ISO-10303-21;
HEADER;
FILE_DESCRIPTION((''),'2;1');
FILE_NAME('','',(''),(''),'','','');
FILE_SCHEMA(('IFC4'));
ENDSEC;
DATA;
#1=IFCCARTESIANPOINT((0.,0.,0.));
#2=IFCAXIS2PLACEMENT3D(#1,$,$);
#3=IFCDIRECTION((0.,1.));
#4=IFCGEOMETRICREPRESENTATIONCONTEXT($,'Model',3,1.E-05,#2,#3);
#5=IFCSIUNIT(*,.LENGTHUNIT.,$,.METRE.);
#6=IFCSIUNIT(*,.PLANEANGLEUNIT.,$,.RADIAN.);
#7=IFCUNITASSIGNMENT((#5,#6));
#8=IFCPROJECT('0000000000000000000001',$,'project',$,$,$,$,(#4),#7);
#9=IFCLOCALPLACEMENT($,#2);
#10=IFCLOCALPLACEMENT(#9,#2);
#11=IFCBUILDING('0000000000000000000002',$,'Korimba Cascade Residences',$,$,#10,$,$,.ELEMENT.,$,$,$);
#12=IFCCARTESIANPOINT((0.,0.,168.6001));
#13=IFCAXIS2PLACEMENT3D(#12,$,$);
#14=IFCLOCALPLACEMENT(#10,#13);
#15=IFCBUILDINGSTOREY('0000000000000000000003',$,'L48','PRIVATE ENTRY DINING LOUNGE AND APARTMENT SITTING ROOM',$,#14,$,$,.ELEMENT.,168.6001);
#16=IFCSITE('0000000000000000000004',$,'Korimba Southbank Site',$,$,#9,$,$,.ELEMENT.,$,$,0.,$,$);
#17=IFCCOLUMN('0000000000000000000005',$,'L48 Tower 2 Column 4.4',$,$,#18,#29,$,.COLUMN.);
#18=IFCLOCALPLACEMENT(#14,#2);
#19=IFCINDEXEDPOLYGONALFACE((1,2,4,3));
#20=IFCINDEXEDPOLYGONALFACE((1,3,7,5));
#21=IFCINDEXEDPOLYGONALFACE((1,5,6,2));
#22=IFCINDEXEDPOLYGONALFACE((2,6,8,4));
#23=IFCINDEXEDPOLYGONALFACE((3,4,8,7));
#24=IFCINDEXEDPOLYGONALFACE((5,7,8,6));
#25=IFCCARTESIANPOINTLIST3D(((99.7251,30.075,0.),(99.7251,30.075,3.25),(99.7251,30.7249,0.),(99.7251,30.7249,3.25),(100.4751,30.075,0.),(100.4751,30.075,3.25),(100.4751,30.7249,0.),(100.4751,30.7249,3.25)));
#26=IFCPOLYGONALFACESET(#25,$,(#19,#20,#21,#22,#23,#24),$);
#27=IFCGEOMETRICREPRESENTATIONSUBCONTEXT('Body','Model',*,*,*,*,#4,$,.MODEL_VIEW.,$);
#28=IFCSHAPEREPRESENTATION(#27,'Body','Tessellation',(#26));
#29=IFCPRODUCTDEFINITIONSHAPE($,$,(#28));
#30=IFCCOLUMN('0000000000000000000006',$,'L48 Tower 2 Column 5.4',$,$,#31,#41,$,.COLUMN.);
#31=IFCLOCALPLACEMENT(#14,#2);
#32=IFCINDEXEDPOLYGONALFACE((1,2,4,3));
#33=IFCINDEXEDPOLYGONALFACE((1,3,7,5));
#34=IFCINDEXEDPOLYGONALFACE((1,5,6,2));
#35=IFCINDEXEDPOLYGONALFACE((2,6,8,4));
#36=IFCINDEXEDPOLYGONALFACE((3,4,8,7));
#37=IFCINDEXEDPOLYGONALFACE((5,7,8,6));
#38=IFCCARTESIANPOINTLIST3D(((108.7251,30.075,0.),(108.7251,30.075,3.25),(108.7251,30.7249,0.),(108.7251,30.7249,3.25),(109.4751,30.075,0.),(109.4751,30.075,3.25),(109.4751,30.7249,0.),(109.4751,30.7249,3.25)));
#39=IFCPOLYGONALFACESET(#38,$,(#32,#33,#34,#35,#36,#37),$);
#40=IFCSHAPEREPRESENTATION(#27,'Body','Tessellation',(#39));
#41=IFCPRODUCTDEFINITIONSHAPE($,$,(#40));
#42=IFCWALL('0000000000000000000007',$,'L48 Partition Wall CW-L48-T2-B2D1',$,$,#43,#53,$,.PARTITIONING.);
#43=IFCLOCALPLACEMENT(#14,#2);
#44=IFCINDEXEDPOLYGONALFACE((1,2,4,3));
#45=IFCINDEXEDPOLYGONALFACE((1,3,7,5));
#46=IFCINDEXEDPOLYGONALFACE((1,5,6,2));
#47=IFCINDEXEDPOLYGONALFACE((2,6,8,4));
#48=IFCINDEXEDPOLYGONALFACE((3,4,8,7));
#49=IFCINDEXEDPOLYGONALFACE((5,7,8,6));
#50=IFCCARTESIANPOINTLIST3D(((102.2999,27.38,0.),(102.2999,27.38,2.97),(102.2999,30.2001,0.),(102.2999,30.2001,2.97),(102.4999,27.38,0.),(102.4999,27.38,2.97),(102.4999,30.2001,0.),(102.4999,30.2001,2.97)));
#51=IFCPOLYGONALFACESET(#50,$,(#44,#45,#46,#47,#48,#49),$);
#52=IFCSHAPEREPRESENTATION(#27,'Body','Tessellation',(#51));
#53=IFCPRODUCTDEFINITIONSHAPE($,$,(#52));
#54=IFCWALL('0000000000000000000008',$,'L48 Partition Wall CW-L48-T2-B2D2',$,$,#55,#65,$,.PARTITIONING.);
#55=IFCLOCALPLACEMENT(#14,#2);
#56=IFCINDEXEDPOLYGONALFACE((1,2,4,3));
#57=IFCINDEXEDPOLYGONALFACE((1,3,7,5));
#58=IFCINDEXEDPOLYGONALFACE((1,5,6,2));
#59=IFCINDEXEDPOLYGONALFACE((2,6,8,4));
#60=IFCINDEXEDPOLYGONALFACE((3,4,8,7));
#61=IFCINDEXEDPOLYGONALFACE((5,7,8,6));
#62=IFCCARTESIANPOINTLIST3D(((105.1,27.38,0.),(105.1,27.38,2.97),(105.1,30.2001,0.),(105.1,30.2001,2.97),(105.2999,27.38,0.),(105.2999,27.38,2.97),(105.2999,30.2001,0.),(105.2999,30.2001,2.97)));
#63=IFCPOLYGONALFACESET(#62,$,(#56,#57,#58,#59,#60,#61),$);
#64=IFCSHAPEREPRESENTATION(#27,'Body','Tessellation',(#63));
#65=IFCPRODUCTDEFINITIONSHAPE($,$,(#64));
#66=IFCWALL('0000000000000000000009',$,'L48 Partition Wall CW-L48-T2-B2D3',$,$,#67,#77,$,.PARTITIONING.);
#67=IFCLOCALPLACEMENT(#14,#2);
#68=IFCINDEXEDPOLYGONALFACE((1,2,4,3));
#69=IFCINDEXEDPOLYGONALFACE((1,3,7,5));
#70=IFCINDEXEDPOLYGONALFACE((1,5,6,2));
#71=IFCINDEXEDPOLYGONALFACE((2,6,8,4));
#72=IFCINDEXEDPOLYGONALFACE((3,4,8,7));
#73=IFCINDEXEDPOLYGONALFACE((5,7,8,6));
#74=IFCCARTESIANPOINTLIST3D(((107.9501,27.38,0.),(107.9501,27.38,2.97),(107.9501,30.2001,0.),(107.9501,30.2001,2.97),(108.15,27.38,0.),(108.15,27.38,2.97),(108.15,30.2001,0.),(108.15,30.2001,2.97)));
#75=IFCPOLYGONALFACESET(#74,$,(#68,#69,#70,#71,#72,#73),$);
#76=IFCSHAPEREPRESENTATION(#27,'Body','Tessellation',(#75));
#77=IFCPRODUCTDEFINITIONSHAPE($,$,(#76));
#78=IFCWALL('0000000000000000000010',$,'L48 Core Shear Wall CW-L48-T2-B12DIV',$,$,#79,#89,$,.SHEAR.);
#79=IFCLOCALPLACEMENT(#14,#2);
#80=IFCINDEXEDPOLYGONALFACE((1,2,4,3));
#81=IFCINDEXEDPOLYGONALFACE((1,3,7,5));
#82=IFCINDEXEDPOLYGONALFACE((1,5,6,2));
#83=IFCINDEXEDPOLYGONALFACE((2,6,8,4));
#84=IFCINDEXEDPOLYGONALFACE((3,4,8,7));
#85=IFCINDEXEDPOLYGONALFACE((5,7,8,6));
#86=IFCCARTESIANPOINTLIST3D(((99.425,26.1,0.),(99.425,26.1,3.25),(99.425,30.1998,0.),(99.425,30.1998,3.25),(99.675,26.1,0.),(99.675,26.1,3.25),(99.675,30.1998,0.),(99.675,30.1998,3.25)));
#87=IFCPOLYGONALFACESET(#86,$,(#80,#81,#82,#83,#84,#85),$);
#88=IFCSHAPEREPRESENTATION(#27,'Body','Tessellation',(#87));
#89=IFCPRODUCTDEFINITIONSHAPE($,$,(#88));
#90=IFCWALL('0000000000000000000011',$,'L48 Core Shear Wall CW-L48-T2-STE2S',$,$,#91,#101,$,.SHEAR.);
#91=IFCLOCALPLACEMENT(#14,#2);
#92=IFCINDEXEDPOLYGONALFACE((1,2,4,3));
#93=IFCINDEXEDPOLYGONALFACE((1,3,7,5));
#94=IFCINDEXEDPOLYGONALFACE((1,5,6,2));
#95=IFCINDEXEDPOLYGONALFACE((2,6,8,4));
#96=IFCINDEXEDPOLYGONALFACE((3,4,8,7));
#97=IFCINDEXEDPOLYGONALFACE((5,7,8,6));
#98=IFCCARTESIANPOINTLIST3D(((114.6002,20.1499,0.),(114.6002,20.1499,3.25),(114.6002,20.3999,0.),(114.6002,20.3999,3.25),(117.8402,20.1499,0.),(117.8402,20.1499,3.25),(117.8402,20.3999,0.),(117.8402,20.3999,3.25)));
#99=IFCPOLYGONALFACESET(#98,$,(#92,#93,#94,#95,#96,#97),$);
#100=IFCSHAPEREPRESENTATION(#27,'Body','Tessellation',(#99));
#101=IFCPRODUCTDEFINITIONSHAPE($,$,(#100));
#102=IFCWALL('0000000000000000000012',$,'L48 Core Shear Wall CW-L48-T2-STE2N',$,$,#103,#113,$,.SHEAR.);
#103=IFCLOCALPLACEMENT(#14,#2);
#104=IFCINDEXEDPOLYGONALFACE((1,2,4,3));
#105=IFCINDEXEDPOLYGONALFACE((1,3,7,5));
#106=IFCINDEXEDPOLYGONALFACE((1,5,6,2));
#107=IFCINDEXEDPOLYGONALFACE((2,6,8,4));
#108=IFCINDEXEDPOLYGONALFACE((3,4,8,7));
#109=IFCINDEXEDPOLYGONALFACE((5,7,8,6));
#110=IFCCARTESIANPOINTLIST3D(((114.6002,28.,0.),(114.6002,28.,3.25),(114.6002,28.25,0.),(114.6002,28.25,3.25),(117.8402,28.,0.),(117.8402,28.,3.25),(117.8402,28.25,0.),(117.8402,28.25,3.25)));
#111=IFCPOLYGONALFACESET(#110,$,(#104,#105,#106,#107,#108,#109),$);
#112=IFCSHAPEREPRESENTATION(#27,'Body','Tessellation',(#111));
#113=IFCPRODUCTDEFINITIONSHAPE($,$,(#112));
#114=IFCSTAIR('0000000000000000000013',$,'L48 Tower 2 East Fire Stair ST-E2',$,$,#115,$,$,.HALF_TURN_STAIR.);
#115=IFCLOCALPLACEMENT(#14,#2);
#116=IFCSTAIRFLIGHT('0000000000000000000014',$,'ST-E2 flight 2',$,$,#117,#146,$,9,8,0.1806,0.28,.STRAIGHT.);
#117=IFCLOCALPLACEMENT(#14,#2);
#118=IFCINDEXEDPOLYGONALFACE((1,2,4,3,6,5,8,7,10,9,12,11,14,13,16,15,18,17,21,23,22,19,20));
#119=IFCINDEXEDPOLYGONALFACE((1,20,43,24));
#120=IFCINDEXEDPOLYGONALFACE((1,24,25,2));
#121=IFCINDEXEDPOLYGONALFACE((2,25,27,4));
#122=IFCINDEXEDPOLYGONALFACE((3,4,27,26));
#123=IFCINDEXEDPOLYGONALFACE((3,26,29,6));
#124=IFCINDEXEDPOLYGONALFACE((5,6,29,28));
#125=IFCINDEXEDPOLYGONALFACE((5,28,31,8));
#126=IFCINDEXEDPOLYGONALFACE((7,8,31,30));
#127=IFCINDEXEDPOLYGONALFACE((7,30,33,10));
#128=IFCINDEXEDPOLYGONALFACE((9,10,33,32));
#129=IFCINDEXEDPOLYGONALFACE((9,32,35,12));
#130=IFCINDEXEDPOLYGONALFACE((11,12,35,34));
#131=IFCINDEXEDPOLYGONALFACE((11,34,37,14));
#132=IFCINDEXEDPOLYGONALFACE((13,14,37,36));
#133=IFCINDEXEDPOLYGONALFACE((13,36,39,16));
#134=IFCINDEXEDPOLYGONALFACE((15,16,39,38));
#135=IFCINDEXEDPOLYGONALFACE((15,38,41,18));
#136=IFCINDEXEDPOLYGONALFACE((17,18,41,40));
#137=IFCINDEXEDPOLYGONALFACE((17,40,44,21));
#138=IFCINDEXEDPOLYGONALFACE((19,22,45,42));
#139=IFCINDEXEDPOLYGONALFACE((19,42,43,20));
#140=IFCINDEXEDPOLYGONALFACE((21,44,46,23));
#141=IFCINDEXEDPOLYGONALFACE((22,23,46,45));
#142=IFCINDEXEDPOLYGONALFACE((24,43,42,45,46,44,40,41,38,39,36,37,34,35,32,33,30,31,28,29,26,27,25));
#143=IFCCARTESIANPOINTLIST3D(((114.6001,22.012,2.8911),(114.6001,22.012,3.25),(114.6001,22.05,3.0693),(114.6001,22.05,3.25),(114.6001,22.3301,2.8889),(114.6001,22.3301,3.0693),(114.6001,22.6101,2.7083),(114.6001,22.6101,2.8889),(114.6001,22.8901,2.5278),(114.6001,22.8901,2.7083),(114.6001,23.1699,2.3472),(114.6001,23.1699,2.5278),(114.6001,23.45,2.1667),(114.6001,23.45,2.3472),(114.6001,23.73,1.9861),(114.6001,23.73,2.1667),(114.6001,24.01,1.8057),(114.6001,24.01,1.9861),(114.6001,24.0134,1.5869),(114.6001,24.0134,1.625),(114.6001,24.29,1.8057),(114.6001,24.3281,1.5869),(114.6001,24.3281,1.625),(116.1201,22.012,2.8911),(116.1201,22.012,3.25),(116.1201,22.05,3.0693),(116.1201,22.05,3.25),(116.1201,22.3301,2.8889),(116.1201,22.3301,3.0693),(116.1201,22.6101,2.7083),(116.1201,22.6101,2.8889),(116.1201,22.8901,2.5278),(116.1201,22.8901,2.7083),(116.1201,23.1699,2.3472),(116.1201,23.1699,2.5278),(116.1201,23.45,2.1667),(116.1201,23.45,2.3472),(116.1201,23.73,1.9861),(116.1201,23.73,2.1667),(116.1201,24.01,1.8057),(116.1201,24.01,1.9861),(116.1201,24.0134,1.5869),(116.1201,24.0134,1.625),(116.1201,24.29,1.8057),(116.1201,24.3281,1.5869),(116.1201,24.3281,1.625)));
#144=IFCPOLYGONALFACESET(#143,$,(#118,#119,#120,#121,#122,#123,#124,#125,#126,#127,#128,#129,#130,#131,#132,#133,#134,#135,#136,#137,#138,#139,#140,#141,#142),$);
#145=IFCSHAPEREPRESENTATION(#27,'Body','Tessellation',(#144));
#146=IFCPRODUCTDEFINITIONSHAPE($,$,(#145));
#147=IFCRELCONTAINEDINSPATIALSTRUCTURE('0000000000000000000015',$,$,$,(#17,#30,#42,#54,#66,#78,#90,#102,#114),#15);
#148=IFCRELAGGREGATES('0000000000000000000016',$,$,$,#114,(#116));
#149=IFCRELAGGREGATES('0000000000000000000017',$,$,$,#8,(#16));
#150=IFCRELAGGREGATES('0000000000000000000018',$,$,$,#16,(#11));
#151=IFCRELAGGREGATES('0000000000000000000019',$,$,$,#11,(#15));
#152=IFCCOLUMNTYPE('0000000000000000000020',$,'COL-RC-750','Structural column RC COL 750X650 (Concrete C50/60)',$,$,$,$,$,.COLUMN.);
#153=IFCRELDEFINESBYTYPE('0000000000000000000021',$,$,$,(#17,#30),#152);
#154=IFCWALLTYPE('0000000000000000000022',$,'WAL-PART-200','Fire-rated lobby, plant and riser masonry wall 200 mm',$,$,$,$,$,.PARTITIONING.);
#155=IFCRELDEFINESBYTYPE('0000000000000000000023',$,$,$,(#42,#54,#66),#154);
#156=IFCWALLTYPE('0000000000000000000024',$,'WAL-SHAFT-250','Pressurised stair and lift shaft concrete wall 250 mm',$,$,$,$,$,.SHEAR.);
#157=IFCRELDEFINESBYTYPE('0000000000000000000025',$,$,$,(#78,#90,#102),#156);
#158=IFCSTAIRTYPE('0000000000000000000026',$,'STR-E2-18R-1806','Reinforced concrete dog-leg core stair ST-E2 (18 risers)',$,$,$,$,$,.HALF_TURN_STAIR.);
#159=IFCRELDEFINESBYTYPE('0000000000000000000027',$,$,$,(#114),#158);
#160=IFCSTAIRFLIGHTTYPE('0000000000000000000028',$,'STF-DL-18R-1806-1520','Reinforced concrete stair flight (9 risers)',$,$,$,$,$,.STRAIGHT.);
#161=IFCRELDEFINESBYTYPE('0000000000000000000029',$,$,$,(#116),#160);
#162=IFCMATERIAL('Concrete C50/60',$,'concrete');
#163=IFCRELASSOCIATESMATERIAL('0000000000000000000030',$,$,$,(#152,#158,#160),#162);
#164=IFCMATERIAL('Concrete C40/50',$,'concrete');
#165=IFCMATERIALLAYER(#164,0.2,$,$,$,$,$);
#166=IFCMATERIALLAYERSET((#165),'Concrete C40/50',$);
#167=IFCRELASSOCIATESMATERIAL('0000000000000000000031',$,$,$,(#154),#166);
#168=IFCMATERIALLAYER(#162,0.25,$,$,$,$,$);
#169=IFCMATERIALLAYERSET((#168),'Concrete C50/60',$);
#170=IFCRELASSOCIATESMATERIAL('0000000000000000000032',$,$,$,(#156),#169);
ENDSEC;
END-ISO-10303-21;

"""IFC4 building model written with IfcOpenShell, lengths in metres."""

from ifc_helpers import new_model, si_unit, direction, frame, frame_2d, origin, origin_2d, place, context, subcontext, project, spatial, polyline, rectangle, outline, extrude, material, layer, layer_set, material_profile, profile_set, type_object, element, aggregate, save


model = new_model("IFC4")

# Units and contexts
model_context = context("Model", 3, precision=1e-05, world=origin(), true_north=direction((0.0, 1.0)))
body_context = subcontext(model_context, "Body", "Model", "MODEL_VIEW")
ifc_project = project(units=[si_unit("LENGTHUNIT", "METRE"), si_unit("PLANEANGLEUNIT", "RADIAN")], contexts=[model_context])

# Site, building, storey
site_placement = place(None, origin())
site = spatial("IfcSite", under=ifc_project, at=site_placement, Name="Korimba Southbank Site", CompositionType="ELEMENT", RefElevation=0.0)
building_placement = place(site_placement, origin())
building = spatial("IfcBuilding", under=site, at=building_placement, Name="Korimba Cascade Residences", CompositionType="ELEMENT")
storey_placement = place(building_placement, frame((0.0, 0.0, 168.6001)))
storey = spatial("IfcBuildingStorey", under=building, at=storey_placement, Name="L48", Description="PRIVATE ENTRY DINING LOUNGE AND APARTMENT SITTING ROOM", CompositionType="ELEMENT", Elevation=168.6001)

# Columns
ifc_material_1 = material(Name="Concrete C50/60", Category="concrete")
ifc_material_profile = material_profile(ifc_material_1, rectangle(XDim=0.75, YDim=0.6499, at=origin_2d()), Name="Concrete C50/60")
ifc_profile_set = profile_set([ifc_material_profile], Name="Concrete C50/60")
column_type = type_object("IfcColumnType", Name="COL-RC-750", Description="Structural column RC COL 750X650 (Concrete C50/60)", PredefinedType="COLUMN", material=ifc_profile_set)
for number, where, z_axis, x_axis, name in (
    (1, (100.1001, 30.3999, 0.0), (0.0, 0.0, 1.0), (1.0, 0.0, 0.0), "L48 Tower 2 Column 4.4"),
    (2, (109.1001, 30.3999, 0.0), (0.0, 0.0, 1.0), (1.0, 0.0, 0.0), "L48 Tower 2 Column 5.4"),
):
    element("IfcColumn", number, at=place(storey_placement, frame(where, z_axis=z_axis, x_axis=x_axis)), inside=storey, type_object=column_type, Name=name, PredefinedType="COLUMN", context=body_context, shape_type="SweptSolid", body=[
        extrude(rectangle(XDim=0.75, YDim=0.6499, at=origin_2d()), origin(), (0.0, 0.0, 1.0), 3.25),
    ])

# Walls
ifc_material_2 = material(Name="Concrete C40/50", Category="concrete")
ifc_layer_1 = layer(ifc_material_2, 0.2)
ifc_layer_set_1 = layer_set([ifc_layer_1], Name="Concrete C40/50")
wall_type_1 = type_object("IfcWallType", Name="WAL-PART-200", Description="Fire-rated lobby, plant and riser masonry wall 200 mm", PredefinedType="PARTITIONING", material=ifc_layer_set_1)
for number, where, z_axis, x_axis, name in (
    (3, (102.3999, 27.3799, 0.0), (0.0, 0.0, 1.0), (0.0, 1.0, 0.0), "L48 Partition Wall CW-L48-T2-B2D1"),
    (4, (105.2, 27.3799, 0.0), (0.0, 0.0, 1.0), (0.0, 1.0, 0.0), "L48 Partition Wall CW-L48-T2-B2D2"),
    (5, (108.05, 27.3799, 0.0), (0.0, 0.0, 1.0), (0.0, 1.0, 0.0), "L48 Partition Wall CW-L48-T2-B2D3"),
):
    element("IfcWall", number, at=place(storey_placement, frame(where, z_axis=z_axis, x_axis=x_axis)), inside=storey, type_object=wall_type_1, Name=name, PredefinedType="PARTITIONING", context=body_context, shape_type="SweptSolid", body=[
        extrude(rectangle(XDim=2.8201, YDim=0.2, at=frame_2d((1.4102, 0.0))), origin(), (0.0, 0.0, 1.0), 2.97),
    ])
ifc_layer_2 = layer(ifc_material_1, 0.25)
ifc_layer_set_2 = layer_set([ifc_layer_2], Name="Concrete C50/60")
wall_type_2 = type_object("IfcWallType", Name="WAL-SHAFT-250", Description="Pressurised stair and lift shaft concrete wall 250 mm", PredefinedType="SHEAR", material=ifc_layer_set_2)
wall_1_placement = place(storey_placement, frame((99.55, 26.1001, 0.0), z_axis=(0.0, 0.0, 1.0), x_axis=(0.0, 1.0, 0.0)))
element("IfcWall", 6, at=wall_1_placement, inside=storey, type_object=wall_type_2, Name="L48 Core Shear Wall CW-L48-T2-B12DIV", PredefinedType="SHEAR", context=body_context, shape_type="SweptSolid", body=[
    extrude(rectangle(XDim=4.0999, YDim=0.25, at=frame_2d((2.0498, 0.0))), origin(), (0.0, 0.0, 1.0), 3.25),
])

# Walls
for number, where, z_axis, x_axis, name in (
    (7, (114.6001, 20.2749, 0.0), (0.0, 0.0, 1.0), (1.0, 0.0, 0.0), "L48 Core Shear Wall CW-L48-T2-STE2S"),
    (8, (114.6001, 28.125, 0.0), (0.0, 0.0, 1.0), (1.0, 0.0, 0.0), "L48 Core Shear Wall CW-L48-T2-STE2N"),
):
    element("IfcWall", number, at=place(storey_placement, frame(where, z_axis=z_axis, x_axis=x_axis)), inside=storey, type_object=wall_type_2, Name=name, PredefinedType="SHEAR", context=body_context, shape_type="SweptSolid", body=[
        extrude(rectangle(XDim=3.24, YDim=0.25, at=frame_2d((1.6201, 0.0))), origin(), (0.0, 0.0, 1.0), 3.25),
    ])

# Stair, stair flight
stair_type = type_object("IfcStairType", Name="STR-E2-18R-1806", Description="Reinforced concrete dog-leg core stair ST-E2 (18 risers)", PredefinedType="HALF_TURN_STAIR", material=ifc_material_1)
stair_placement = place(storey_placement, origin())
stair = element("IfcStair", 9, at=stair_placement, inside=storey, type_object=stair_type, Name="L48 Tower 2 East Fire Stair ST-E2", PredefinedType="HALF_TURN_STAIR")
stair_flight_type = type_object("IfcStairFlightType", Name="STF-DL-18R-1806-1520", Description="Reinforced concrete stair flight (9 risers)", PredefinedType="STRAIGHT", material=ifc_material_1)
stair_flight_placement = place(storey_placement, frame((115.3601, 24.29, 1.625), z_axis=(0.0, 0.0, 1.0), x_axis=(0.0, -1.0, 0.0)))
stair_flight = element("IfcStairFlight", 10, at=stair_flight_placement, type_object=stair_flight_type, Name="ST-E2 flight 2", NumberOfRisers=9, NumberOfTreads=8, PredefinedType="STRAIGHT", RiserHeight=0.1806, TreadLength=0.28, context=body_context, shape_type="SweptSolid", body=[
    extrude(outline(polyline([(-0.0381, 0.0), (0.0, 0.1807), (0.28, 0.1807), (0.28, 0.3611), (0.5601, 0.3611), (0.5601, 0.5417), (0.8401, 0.5417), (0.8401, 0.7222), (1.1201, 0.7222), (1.1201, 0.9028), (1.3999, 0.9028), (1.3999, 1.0833), (1.6799, 1.0833), (1.6799, 1.2639), (1.96, 1.2639), (1.96, 1.4443), (2.24, 1.4443), (2.24, 1.625), (2.2781, 1.625), (2.2781, 1.2661), (0.2766, 0.0), (0.2766, -0.0381), (-0.0381, -0.0381), (-0.0381, 0.0)])), frame((0.0, 0.76, 0.0), z_axis=(0.0, -1.0, 0.0), x_axis=(1.0, 0.0, 0.0)), (0.0, 0.0, 1.0), 1.52),
])
aggregate(stair, [stair_flight])

save(model, "model.ifc")
